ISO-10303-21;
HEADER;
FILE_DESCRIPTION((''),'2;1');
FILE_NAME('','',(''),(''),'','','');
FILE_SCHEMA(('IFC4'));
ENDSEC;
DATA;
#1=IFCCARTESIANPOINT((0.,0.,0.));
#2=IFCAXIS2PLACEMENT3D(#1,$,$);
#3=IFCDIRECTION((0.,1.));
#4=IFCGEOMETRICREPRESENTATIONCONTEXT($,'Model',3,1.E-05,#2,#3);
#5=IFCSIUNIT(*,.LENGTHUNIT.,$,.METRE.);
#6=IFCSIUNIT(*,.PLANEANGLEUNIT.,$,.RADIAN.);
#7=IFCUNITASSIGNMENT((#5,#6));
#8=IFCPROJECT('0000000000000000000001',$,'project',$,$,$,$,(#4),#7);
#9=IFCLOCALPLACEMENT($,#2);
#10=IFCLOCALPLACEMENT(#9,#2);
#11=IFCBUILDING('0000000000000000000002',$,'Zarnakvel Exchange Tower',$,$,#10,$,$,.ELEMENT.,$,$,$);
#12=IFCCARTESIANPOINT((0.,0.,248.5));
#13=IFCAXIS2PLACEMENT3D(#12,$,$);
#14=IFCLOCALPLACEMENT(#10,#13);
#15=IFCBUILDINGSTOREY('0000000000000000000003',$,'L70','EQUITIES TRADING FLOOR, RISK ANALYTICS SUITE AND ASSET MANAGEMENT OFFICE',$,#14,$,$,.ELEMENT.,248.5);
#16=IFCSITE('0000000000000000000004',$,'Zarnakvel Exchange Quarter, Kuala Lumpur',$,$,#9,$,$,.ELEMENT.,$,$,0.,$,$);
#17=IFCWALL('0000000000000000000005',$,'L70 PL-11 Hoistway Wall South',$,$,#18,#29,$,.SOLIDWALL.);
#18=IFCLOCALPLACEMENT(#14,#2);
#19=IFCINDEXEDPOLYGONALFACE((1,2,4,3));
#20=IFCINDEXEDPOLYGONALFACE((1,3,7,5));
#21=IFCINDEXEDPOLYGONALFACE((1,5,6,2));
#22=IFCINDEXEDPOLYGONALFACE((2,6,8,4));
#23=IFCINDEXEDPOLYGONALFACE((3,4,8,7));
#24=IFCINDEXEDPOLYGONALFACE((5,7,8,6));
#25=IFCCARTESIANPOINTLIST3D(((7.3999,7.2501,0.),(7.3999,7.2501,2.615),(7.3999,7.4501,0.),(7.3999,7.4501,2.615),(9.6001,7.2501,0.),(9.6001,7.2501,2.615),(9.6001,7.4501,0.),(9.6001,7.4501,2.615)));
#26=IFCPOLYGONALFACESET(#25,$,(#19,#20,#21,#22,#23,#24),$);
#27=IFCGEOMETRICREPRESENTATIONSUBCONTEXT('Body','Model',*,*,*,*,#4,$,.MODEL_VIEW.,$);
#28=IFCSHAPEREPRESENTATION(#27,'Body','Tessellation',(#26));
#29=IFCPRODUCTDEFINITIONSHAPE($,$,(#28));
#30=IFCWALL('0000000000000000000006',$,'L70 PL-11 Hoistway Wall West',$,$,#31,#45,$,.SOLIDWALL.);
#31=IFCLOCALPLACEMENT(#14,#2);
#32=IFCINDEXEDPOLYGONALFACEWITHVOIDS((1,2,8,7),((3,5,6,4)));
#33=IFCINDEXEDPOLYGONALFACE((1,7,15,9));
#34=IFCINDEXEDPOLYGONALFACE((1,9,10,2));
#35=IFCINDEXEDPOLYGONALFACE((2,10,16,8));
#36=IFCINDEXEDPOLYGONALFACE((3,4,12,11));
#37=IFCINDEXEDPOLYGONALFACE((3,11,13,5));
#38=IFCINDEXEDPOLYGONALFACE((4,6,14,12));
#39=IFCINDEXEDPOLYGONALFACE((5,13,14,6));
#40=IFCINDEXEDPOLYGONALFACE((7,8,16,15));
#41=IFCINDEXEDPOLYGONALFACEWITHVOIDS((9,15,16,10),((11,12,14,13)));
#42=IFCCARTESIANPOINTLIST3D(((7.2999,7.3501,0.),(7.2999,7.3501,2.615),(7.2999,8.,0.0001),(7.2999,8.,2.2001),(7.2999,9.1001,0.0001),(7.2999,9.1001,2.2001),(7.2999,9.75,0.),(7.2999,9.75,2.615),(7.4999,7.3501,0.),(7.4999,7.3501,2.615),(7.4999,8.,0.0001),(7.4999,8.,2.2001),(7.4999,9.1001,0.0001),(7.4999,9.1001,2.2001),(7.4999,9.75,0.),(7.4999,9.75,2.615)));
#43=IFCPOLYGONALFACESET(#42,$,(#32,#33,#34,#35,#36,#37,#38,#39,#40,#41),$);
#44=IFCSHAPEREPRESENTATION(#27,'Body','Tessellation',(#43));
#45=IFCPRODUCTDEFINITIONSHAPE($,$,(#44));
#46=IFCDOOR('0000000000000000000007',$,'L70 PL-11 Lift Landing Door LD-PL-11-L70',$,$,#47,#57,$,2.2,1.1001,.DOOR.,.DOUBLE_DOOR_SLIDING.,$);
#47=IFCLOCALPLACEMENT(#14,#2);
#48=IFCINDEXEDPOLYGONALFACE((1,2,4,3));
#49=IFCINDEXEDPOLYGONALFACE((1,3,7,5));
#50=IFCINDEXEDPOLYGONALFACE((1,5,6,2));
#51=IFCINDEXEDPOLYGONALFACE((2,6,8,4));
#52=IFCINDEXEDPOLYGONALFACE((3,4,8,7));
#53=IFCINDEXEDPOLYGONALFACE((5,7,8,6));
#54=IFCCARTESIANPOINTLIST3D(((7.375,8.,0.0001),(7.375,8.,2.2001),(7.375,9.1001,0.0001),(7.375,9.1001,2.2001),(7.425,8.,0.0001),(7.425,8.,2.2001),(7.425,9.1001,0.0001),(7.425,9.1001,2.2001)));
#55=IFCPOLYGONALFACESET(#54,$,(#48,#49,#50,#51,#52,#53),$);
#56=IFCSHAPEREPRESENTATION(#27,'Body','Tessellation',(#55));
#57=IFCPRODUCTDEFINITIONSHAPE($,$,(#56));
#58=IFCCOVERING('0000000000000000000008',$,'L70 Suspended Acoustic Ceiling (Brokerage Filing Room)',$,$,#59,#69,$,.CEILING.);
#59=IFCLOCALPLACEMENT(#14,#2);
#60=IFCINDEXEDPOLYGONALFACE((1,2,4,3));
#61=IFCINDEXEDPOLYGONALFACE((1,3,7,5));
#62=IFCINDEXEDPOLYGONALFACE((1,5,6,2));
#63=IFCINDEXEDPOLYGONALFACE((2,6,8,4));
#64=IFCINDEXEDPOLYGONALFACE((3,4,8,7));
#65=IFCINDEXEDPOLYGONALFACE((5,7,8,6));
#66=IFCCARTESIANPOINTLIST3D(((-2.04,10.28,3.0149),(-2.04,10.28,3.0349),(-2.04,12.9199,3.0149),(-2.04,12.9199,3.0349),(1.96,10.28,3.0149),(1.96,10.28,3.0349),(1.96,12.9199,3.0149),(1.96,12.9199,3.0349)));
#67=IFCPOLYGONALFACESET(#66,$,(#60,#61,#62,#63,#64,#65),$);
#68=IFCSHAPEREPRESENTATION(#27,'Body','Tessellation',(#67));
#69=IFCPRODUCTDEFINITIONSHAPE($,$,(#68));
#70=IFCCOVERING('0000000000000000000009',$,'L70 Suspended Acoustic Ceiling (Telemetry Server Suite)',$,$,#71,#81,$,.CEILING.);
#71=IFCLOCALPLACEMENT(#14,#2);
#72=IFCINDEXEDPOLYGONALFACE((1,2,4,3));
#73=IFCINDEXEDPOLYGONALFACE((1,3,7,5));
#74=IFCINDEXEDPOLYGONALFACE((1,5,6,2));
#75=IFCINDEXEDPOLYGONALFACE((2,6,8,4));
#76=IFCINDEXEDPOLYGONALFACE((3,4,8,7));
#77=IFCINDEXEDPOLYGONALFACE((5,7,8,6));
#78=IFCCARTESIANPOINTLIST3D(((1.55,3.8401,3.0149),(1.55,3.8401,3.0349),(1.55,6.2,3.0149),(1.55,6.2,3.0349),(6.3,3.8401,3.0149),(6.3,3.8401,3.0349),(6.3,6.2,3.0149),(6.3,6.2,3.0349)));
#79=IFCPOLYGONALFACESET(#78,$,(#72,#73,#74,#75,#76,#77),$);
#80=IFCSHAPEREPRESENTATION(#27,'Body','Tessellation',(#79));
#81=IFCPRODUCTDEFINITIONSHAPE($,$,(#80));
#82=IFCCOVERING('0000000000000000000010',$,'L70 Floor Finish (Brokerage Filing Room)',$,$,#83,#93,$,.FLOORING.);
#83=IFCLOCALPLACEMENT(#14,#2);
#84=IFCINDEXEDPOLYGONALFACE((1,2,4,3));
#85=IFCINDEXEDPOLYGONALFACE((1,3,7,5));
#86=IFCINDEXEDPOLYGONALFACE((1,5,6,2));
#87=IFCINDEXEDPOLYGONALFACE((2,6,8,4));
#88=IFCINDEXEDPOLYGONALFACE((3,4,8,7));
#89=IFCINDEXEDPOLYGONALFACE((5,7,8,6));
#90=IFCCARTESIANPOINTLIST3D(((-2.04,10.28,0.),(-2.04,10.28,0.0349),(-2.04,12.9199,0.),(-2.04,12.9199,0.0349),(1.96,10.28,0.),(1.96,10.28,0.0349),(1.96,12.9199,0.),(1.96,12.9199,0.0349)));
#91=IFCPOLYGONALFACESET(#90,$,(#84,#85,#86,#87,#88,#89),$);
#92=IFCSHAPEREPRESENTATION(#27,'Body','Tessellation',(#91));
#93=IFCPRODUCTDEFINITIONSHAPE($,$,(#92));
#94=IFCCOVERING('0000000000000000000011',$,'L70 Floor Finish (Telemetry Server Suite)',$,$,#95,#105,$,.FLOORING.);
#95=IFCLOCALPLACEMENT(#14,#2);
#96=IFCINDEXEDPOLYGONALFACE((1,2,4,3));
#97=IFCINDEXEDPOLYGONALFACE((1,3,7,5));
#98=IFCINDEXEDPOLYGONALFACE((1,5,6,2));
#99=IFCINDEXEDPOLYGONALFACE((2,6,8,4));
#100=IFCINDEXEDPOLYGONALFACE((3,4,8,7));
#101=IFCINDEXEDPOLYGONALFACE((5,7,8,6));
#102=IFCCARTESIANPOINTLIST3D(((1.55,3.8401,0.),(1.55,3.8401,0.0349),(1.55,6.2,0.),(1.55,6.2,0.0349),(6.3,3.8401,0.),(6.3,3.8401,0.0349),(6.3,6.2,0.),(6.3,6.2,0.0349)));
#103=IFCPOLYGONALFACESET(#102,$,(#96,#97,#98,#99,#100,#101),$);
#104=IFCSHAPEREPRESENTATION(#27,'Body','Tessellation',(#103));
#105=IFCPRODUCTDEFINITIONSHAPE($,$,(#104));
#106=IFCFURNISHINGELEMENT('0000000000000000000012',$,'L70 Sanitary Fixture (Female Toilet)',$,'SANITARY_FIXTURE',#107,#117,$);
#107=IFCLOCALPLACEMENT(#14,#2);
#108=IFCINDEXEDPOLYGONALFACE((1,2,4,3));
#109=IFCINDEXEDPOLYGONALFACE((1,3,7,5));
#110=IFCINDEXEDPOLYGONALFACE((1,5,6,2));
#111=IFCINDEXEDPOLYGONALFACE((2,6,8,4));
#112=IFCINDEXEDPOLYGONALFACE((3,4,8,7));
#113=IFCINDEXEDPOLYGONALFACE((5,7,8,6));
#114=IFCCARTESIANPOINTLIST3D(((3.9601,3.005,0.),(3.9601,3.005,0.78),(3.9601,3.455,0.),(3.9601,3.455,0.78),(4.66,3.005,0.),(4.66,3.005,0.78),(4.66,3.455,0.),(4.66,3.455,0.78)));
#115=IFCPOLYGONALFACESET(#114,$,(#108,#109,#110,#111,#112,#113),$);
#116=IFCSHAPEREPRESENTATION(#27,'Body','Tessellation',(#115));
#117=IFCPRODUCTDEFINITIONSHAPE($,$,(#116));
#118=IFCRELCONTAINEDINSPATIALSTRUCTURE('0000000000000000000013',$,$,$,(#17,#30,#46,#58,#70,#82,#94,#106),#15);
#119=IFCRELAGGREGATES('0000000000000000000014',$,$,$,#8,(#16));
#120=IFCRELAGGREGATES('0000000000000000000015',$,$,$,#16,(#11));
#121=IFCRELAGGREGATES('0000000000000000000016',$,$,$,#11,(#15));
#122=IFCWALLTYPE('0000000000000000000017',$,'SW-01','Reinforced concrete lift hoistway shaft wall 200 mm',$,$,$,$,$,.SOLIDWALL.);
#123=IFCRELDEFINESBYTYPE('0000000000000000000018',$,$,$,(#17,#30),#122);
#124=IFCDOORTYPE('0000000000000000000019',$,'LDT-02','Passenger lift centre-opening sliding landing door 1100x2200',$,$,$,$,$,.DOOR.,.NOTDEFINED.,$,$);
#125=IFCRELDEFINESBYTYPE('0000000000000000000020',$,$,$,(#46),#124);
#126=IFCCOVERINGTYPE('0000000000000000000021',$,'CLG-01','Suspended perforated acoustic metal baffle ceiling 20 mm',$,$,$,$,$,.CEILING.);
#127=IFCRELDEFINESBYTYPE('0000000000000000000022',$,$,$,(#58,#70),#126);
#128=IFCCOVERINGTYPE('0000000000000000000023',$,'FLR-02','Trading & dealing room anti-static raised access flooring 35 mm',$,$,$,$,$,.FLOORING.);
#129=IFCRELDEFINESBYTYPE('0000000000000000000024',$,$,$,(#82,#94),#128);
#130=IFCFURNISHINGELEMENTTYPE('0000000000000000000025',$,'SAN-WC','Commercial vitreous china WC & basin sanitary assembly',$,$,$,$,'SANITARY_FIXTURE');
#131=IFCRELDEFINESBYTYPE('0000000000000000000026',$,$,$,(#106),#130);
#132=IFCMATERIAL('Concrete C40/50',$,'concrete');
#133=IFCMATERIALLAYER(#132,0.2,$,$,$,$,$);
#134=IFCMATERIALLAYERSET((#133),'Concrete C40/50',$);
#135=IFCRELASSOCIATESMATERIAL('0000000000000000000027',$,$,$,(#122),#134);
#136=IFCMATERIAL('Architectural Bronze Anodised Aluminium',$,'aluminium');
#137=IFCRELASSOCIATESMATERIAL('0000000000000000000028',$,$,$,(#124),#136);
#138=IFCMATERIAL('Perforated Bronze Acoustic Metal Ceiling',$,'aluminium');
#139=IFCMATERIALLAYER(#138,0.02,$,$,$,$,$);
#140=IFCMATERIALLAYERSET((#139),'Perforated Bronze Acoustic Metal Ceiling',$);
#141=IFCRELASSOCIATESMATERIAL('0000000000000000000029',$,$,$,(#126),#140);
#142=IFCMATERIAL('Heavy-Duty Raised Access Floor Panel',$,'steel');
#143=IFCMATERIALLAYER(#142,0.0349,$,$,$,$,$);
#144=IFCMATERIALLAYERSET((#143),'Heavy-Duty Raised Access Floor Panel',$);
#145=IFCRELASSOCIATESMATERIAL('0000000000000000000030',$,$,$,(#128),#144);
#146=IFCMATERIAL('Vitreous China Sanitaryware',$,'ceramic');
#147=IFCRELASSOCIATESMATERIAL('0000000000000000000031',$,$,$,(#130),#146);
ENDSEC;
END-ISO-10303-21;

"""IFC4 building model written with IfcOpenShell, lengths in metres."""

from ifc_helpers import new_model, si_unit, direction, frame, frame_2d, origin, origin_2d, place, context, subcontext, project, spatial, polyline, rectangle, outline, extrude, source, transform, mapped, material, layer, layer_set, type_object, element, fill, save


model = new_model("IFC4")

# Units and contexts
model_context = context("Model", 3, precision=1e-05, world=origin(), true_north=direction((0.0, 1.0)))
body_context = subcontext(model_context, "Body", "Model", "MODEL_VIEW")
ifc_project = project(units=[si_unit("LENGTHUNIT", "METRE"), si_unit("PLANEANGLEUNIT", "RADIAN")], contexts=[model_context])

# Site, building, storey
site_placement = place(None, origin())
site = spatial("IfcSite", under=ifc_project, at=site_placement, Name="Zarnakvel Exchange Quarter, Kuala Lumpur", CompositionType="ELEMENT", RefElevation=0.0)
building_placement = place(site_placement, origin())
building = spatial("IfcBuilding", under=site, at=building_placement, Name="Zarnakvel Exchange Tower", CompositionType="ELEMENT")
storey_placement = place(building_placement, frame((0.0, 0.0, 248.5)))
storey = spatial("IfcBuildingStorey", under=building, at=storey_placement, Name="L70", Description="EQUITIES TRADING FLOOR, RISK ANALYTICS SUITE AND ASSET MANAGEMENT OFFICE", CompositionType="ELEMENT", Elevation=248.5)

# Shared definitions
ifc_material_1 = material(Name="Concrete C40/50", Category="concrete")
ifc_layer_1 = layer(ifc_material_1, 0.2)
ifc_layer_set_1 = layer_set([ifc_layer_1], Name="Concrete C40/50")
wall_type_1 = type_object("IfcWallType", Name="SW-01", Description="Reinforced concrete lift hoistway shaft wall 200 mm", PredefinedType="SOLIDWALL", material=ifc_layer_set_1)
shared_shape_1 = source(origin(), body_context, "Body", "SweptSolid", [
    extrude(rectangle(XDim=1.1001, YDim=2.2, at=frame_2d((0.55, 1.1001))), frame((0.0, 0.0249, 0.0), z_axis=(0.0, -1.0, 0.0), x_axis=(1.0, 0.0, 0.0)), (0.0, 0.0, 1.0), 0.05),
])

# Wall
wall_1_placement = place(storey_placement, frame((9.6001, 7.3501, 0.0), z_axis=(0.0, 0.0, 1.0), x_axis=(-1.0, 0.0, 0.0)))
element("IfcWall", 1, at=wall_1_placement, inside=storey, type_object=wall_type_1, Name="L70 PL-11 Hoistway Wall South", PredefinedType="SOLIDWALL", context=body_context, shape_type="SweptSolid", body=[
    extrude(rectangle(XDim=2.2002, YDim=0.2, at=frame_2d((1.1001, 0.0))), origin(), (0.0, 0.0, 1.0), 2.615),
])

# Wall, opening, door
wall_2_placement = place(storey_placement, frame((7.3999, 7.3501, 0.0), z_axis=(0.0, 0.0, 1.0), x_axis=(0.0, 1.0, 0.0)))
wall_2 = element("IfcWall", 2, at=wall_2_placement, inside=storey, type_object=wall_type_1, Name="L70 PL-11 Hoistway Wall West", PredefinedType="SOLIDWALL", context=body_context, shape_type="SweptSolid", body=[
    extrude(rectangle(XDim=2.3999, YDim=0.2, at=frame_2d((1.2, 0.0))), origin(), (0.0, 0.0, 1.0), 2.615),
])
opening_1_placement = place(wall_2_placement, frame((0.6499, 0.0, 0.0)))
opening_1 = element("IfcOpeningElement", 3, at=opening_1_placement, cuts=wall_2, PredefinedType="OPENING", context=body_context, shape_type="SweptSolid", body=[
    extrude(rectangle(XDim=1.1001, YDim=2.2, at=frame_2d((0.55, 1.1001))), frame((0.0, 0.1099, 0.0), z_axis=(0.0, -1.0, 0.0), x_axis=(1.0, 0.0, 0.0)), (0.0, 0.0, 1.0), 0.22),
])
ifc_material_2 = material(Name="Architectural Bronze Anodised Aluminium", Category="aluminium")
door_type_1 = type_object("IfcDoorType", Name="LDT-02", Description="Passenger lift centre-opening sliding landing door 1100x2200", OperationType="NOTDEFINED", PredefinedType="DOOR", material=ifc_material_2)
door_1_placement = place(opening_1_placement, origin())
door_1 = element("IfcDoor", 4, at=door_1_placement, inside=storey, type_object=door_type_1, Name="L70 PL-11 Lift Landing Door LD-PL-11-L70", OperationType="DOUBLE_DOOR_SLIDING", OverallHeight=2.2, OverallWidth=1.1001, PredefinedType="DOOR", context=body_context, shape_type="MappedRepresentation", body=[
    mapped(shared_shape_1, transform((0.0, 0.0, 0.0), x_axis=(1.0, 0.0, 0.0), y_axis=(0.0, 1.0, 0.0), z_axis=(0.0, 0.0, 1.0), scale=1.0)),
])
fill(opening_1, door_1)

# Coverings
ifc_material_3 = material(Name="Perforated Bronze Acoustic Metal Ceiling", Category="aluminium")
ifc_layer_2 = layer(ifc_material_3, 0.02)
ifc_layer_set_2 = layer_set([ifc_layer_2], Name="Perforated Bronze Acoustic Metal Ceiling")
covering_type_1 = type_object("IfcCoveringType", Name="CLG-01", Description="Suspended perforated acoustic metal baffle ceiling 20 mm", PredefinedType="CEILING", material=ifc_layer_set_2)
covering_1_placement = place(storey_placement, frame((0.0, 0.0, 3.0149)))
element("IfcCovering", 5, at=covering_1_placement, inside=storey, type_object=covering_type_1, Name="L70 Suspended Acoustic Ceiling (Brokerage Filing Room)", PredefinedType="CEILING", context=body_context, shape_type="SweptSolid", body=[
    extrude(outline(polyline([(-2.04, 12.9199), (1.96, 12.9199), (1.96, 10.28), (-2.04, 10.28), (-2.04, 12.9199)])), origin(), (0.0, 0.0, 1.0), 0.02),
])
covering_2_placement = place(storey_placement, frame((0.0, 0.0, 3.0149)))
element("IfcCovering", 6, at=covering_2_placement, inside=storey, type_object=covering_type_1, Name="L70 Suspended Acoustic Ceiling (Telemetry Server Suite)", PredefinedType="CEILING", context=body_context, shape_type="SweptSolid", body=[
    extrude(outline(polyline([(1.55, 6.2), (6.3, 6.2), (6.3, 3.8401), (1.55, 3.8401), (1.55, 6.2)])), origin(), (0.0, 0.0, 1.0), 0.02),
])
ifc_material_4 = material(Name="Heavy-Duty Raised Access Floor Panel", Category="steel")
ifc_layer_3 = layer(ifc_material_4, 0.0349)
ifc_layer_set_3 = layer_set([ifc_layer_3], Name="Heavy-Duty Raised Access Floor Panel")
covering_type_2 = type_object("IfcCoveringType", Name="FLR-02", Description="Trading & dealing room anti-static raised access flooring 35 mm", PredefinedType="FLOORING", material=ifc_layer_set_3)
covering_3_placement = place(storey_placement, origin())
element("IfcCovering", 7, at=covering_3_placement, inside=storey, type_object=covering_type_2, Name="L70 Floor Finish (Brokerage Filing Room)", PredefinedType="FLOORING", context=body_context, shape_type="SweptSolid", body=[
    extrude(outline(polyline([(-2.04, 12.9199), (1.96, 12.9199), (1.96, 10.28), (-2.04, 10.28), (-2.04, 12.9199)])), origin(), (0.0, 0.0, 1.0), 0.0349),
])
covering_4_placement = place(storey_placement, origin())
element("IfcCovering", 8, at=covering_4_placement, inside=storey, type_object=covering_type_2, Name="L70 Floor Finish (Telemetry Server Suite)", PredefinedType="FLOORING", context=body_context, shape_type="SweptSolid", body=[
    extrude(outline(polyline([(1.55, 6.2), (6.3, 6.2), (6.3, 3.8401), (1.55, 3.8401), (1.55, 6.2)])), origin(), (0.0, 0.0, 1.0), 0.0349),
])

# Furnishing element
ifc_material_5 = material(Name="Vitreous China Sanitaryware", Category="ceramic")
furnishing_element_type = type_object("IfcFurnishingElementType", Name="SAN-WC", Description="Commercial vitreous china WC & basin sanitary assembly", ElementType="SANITARY_FIXTURE", material=ifc_material_5)
shared_shape_2 = source(origin(), body_context, "Body", "SweptSolid", [
    extrude(rectangle(XDim=0.7, YDim=0.45, at=origin_2d()), origin(), (0.0, 0.0, 1.0), 0.78),
])
furnishing_placement = place(storey_placement, frame((4.3101, 3.23, 0.0), z_axis=(0.0, 0.0, 1.0), x_axis=(1.0, 0.0, 0.0)))
element("IfcFurnishingElement", 9, at=furnishing_placement, inside=storey, type_object=furnishing_element_type, Name="L70 Sanitary Fixture (Female Toilet)", ObjectType="SANITARY_FIXTURE", context=body_context, shape_type="MappedRepresentation", body=[
    mapped(shared_shape_2, transform((0.0, 0.0, 0.0), x_axis=(1.0, 0.0, 0.0), y_axis=(0.0, 1.0, 0.0), z_axis=(0.0, 0.0, 1.0), scale=1.0)),
])

save(model, "model.ifc")
